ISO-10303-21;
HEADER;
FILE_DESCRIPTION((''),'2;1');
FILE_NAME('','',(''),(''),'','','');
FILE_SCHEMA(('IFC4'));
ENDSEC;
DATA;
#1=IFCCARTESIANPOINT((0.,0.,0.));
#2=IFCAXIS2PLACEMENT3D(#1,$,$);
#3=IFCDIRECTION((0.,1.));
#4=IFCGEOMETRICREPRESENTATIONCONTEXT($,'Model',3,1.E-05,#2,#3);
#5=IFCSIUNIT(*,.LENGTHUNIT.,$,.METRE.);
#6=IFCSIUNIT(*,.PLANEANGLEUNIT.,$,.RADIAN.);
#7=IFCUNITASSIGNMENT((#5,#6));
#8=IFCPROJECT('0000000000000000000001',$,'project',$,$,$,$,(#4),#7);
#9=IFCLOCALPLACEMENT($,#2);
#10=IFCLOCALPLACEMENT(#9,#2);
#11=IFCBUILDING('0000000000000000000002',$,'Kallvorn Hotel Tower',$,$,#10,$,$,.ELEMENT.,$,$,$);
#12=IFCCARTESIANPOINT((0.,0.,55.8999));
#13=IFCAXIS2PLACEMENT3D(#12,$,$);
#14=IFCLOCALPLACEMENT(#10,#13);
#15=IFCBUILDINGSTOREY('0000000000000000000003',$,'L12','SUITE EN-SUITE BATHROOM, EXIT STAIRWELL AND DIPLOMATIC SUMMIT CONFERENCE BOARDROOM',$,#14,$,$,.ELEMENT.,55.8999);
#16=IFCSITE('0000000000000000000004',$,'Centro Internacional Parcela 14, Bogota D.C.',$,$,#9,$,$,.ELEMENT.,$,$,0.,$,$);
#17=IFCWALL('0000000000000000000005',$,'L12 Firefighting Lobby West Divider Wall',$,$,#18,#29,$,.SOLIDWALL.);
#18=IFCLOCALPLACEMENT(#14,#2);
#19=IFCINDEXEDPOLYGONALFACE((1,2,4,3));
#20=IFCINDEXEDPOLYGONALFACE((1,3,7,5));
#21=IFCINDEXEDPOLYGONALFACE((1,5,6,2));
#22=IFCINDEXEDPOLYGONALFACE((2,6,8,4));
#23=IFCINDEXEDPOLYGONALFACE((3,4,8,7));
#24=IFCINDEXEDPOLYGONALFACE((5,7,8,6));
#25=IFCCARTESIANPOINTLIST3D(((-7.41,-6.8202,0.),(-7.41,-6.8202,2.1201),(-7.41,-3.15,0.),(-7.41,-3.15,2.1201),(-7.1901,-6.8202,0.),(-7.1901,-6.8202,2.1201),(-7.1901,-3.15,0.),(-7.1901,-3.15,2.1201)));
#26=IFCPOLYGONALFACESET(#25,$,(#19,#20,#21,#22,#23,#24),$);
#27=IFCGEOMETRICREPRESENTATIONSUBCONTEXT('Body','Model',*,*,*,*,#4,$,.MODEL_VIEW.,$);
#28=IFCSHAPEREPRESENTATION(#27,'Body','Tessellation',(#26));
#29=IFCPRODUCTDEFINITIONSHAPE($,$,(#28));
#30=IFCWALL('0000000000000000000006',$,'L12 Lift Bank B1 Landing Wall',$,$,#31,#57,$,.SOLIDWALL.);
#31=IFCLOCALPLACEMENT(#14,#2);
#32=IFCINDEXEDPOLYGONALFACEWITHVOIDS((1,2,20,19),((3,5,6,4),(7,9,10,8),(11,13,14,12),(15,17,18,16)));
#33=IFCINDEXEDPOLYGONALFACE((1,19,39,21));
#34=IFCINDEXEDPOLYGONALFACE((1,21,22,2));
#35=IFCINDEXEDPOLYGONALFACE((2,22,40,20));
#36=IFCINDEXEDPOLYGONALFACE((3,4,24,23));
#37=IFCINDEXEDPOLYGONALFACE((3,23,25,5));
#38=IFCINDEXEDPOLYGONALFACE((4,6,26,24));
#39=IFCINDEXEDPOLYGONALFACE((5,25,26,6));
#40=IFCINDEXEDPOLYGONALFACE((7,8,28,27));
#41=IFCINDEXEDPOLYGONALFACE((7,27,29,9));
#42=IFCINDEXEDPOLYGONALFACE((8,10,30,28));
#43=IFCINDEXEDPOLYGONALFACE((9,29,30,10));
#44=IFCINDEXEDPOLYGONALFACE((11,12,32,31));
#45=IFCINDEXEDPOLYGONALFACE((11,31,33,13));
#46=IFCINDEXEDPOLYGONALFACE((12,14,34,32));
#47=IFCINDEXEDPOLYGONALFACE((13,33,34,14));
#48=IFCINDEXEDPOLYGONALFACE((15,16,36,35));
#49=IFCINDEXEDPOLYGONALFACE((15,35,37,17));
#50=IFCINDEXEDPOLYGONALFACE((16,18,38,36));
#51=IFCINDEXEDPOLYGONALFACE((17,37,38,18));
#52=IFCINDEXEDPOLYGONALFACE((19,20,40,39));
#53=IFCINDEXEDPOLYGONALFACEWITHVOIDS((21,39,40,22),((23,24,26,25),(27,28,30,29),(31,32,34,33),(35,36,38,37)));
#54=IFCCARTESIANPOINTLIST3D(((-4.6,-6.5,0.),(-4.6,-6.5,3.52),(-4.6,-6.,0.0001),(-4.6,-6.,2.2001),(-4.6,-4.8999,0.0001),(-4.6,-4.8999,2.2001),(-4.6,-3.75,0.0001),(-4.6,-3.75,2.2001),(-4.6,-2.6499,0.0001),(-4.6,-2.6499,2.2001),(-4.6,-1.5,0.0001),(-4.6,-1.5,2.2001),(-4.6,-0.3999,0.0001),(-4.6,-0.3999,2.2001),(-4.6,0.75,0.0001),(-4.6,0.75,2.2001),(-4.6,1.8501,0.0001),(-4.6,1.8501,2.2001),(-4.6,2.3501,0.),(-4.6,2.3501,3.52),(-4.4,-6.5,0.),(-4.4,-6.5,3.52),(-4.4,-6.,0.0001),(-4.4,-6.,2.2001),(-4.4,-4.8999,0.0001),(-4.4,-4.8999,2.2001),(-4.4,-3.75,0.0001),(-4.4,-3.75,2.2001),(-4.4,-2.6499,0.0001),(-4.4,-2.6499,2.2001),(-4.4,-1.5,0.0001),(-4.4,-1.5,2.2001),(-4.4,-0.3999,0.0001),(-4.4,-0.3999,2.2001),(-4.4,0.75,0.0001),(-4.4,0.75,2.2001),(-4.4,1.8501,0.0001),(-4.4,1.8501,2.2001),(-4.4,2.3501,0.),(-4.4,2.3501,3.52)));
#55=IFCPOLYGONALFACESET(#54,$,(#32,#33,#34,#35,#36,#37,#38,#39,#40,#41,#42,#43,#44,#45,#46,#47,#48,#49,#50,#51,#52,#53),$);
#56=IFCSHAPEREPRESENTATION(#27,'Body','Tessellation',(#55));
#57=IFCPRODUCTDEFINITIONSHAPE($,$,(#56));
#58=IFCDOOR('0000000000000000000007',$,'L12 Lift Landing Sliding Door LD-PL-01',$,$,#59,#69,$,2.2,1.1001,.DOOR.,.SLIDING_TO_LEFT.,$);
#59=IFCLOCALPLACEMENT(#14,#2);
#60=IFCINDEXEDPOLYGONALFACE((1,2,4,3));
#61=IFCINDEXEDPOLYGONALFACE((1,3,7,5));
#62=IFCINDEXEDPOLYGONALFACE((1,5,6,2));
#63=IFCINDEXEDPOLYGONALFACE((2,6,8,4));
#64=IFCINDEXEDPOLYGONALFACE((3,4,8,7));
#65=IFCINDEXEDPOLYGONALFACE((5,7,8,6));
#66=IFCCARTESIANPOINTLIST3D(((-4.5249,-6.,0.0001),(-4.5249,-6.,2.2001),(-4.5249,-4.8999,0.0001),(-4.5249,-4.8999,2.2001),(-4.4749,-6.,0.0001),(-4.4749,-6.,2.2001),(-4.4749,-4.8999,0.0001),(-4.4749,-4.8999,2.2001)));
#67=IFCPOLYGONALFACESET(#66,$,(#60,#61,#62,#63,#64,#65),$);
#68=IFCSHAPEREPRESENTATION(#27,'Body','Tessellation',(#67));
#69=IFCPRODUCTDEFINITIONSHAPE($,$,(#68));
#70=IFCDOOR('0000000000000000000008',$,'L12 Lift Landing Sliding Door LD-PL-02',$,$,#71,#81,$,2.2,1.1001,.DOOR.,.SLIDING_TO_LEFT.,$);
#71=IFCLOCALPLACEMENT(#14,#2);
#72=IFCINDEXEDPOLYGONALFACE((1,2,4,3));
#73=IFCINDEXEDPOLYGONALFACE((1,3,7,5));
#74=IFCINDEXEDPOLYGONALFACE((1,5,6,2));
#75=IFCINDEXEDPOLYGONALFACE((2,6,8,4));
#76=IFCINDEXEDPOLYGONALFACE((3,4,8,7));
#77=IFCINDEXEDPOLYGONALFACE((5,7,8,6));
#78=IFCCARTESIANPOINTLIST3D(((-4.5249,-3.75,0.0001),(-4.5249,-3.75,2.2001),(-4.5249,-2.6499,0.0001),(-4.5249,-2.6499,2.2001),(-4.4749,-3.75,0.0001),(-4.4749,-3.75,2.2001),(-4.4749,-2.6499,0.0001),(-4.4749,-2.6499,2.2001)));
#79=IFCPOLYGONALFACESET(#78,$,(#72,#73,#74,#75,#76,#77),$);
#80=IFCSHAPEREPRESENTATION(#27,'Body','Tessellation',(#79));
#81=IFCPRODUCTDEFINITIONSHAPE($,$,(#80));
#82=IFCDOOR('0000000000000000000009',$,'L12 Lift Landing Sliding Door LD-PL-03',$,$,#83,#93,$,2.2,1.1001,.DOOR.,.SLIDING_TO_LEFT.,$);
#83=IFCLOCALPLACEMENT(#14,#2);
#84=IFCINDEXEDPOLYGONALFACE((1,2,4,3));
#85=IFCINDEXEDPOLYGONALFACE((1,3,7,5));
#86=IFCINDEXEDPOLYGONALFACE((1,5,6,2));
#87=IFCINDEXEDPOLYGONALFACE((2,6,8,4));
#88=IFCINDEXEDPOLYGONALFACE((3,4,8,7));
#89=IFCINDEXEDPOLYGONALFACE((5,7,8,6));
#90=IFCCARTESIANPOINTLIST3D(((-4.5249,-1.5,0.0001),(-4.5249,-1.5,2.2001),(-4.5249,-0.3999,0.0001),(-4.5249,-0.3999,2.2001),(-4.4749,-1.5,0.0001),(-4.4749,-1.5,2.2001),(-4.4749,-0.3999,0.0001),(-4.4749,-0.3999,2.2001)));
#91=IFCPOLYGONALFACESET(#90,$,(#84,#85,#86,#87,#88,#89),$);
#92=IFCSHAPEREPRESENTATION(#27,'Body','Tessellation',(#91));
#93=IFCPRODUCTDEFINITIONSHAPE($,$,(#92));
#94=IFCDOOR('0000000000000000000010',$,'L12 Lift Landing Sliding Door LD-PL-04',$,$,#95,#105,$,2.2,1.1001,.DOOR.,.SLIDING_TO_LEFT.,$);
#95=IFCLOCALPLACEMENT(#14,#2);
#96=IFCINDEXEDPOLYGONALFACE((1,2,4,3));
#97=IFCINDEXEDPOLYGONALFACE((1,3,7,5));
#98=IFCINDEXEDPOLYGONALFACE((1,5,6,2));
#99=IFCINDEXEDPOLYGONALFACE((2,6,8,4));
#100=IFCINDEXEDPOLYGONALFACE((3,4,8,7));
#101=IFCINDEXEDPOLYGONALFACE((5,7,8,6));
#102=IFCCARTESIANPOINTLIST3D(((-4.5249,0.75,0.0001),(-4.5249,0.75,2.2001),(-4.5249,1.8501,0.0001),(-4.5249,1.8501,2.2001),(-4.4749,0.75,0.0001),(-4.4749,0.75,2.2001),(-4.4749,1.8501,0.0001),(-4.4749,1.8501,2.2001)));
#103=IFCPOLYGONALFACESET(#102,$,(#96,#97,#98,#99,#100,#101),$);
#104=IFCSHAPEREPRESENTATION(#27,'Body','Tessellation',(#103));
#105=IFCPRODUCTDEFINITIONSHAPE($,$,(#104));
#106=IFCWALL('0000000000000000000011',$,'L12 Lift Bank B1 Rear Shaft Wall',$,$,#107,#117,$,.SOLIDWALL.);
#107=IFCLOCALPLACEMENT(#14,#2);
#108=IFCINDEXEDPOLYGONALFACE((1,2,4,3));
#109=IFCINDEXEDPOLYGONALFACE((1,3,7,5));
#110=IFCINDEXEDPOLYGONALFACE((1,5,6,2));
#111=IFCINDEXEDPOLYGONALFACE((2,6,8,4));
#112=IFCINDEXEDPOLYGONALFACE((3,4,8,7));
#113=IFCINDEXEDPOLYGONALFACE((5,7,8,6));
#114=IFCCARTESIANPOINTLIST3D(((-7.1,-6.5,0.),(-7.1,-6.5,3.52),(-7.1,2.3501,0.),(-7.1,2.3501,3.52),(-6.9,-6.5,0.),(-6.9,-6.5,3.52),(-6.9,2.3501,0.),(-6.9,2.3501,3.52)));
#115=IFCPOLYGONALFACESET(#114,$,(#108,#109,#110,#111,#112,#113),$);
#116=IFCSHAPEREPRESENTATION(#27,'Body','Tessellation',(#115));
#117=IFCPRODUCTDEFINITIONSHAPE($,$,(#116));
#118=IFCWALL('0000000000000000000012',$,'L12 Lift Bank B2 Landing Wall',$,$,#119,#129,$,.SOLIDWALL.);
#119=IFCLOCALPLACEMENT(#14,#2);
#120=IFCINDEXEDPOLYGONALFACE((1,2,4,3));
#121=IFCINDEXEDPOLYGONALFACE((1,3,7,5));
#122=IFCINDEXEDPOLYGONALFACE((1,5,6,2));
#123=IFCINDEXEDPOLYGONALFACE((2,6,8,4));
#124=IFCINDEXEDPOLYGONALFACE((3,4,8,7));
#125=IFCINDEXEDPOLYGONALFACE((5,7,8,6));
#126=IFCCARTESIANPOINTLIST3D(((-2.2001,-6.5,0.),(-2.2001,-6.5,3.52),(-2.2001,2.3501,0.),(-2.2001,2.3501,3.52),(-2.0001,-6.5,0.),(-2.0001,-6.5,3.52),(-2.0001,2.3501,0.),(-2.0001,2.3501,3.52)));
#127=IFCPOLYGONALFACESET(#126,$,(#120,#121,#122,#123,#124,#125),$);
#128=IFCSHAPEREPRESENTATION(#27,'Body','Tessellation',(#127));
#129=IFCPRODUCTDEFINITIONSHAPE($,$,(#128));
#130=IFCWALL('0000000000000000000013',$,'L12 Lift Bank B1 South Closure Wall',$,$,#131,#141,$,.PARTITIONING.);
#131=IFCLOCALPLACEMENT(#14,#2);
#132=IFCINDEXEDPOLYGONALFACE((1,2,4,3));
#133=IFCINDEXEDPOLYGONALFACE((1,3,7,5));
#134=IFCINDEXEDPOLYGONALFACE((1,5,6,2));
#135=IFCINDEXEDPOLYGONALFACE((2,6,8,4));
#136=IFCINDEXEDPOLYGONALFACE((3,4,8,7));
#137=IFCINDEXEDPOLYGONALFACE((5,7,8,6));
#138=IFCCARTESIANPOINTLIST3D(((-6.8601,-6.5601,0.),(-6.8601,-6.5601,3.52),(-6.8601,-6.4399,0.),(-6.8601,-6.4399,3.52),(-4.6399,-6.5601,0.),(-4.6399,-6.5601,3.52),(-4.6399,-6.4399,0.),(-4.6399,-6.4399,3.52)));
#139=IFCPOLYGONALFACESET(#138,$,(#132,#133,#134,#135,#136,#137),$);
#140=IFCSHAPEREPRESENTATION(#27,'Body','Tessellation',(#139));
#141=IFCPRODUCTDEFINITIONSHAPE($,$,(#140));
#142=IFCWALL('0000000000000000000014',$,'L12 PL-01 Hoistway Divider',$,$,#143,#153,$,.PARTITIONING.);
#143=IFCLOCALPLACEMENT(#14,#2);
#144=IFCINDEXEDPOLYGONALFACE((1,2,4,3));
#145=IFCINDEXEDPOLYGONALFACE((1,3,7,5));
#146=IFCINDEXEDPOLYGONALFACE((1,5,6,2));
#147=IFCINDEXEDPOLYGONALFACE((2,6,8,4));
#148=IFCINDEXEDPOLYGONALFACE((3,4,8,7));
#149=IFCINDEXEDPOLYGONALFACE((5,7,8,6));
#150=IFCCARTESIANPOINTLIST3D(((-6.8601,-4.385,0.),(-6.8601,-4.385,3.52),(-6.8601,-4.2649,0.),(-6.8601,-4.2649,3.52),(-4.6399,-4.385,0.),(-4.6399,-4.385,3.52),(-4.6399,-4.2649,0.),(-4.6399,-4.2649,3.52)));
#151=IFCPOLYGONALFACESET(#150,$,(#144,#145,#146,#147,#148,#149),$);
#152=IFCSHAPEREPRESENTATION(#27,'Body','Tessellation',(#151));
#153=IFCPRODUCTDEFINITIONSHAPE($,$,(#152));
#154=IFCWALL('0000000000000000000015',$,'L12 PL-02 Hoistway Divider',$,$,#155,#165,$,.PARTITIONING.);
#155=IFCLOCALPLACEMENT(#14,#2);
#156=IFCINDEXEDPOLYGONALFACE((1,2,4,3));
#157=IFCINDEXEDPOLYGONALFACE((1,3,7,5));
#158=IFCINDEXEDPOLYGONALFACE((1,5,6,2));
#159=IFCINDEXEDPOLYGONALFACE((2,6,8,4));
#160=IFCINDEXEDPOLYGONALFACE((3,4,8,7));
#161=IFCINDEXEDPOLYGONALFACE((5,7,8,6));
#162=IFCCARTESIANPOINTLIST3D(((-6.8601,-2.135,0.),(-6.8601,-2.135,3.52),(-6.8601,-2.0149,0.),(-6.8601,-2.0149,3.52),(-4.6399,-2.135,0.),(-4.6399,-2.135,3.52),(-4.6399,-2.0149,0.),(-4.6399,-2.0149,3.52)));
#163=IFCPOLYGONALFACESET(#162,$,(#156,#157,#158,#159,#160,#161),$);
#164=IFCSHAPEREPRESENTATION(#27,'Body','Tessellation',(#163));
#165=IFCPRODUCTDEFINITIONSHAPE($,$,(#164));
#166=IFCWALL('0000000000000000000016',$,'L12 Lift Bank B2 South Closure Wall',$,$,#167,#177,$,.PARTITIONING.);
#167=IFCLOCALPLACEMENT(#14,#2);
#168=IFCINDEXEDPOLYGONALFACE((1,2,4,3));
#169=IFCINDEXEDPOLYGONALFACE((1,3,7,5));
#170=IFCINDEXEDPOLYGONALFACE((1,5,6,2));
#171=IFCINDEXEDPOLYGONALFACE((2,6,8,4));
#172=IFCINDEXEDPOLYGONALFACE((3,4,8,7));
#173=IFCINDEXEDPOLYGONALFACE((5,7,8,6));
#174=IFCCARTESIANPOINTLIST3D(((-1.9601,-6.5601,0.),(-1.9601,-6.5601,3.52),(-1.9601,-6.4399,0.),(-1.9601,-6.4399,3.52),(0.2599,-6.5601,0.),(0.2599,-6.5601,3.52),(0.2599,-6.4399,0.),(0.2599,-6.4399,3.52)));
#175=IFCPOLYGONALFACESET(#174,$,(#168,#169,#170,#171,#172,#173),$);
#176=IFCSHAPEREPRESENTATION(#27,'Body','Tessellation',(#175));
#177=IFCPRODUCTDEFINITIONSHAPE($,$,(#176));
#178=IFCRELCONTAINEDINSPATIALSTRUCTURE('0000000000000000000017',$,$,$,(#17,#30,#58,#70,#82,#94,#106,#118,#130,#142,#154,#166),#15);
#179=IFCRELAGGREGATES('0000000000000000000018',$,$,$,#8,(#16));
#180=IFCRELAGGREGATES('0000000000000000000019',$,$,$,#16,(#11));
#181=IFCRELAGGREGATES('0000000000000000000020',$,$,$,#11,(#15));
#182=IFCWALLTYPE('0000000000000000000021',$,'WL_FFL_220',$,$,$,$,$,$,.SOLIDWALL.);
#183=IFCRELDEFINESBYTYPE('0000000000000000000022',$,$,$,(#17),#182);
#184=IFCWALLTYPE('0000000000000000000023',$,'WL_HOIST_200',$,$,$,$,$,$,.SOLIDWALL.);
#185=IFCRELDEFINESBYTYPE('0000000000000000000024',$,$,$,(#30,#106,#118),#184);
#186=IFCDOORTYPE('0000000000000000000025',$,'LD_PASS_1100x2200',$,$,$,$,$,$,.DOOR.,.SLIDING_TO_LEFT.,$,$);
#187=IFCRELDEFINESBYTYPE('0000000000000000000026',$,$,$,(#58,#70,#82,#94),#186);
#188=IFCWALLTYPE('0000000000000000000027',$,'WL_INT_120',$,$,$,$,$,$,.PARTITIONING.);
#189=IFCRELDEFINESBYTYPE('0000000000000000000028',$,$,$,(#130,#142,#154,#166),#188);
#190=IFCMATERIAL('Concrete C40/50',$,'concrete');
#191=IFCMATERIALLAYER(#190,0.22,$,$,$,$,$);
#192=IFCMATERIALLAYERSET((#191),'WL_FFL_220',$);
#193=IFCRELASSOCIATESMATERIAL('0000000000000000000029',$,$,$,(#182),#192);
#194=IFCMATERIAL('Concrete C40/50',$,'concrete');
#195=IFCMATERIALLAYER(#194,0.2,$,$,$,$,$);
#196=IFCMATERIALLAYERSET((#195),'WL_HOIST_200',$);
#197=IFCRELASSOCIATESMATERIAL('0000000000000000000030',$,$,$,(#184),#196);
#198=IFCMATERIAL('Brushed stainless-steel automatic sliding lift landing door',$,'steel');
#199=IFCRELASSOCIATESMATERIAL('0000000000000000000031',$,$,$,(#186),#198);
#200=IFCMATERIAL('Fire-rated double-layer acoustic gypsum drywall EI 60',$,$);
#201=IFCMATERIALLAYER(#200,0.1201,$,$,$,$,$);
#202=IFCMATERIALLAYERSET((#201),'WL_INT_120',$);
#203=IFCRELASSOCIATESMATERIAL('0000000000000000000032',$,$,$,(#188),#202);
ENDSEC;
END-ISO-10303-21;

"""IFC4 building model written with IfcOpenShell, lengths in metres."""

from ifc_helpers import new_model, si_unit, direction, frame, frame_2d, origin, place, context, subcontext, project, spatial, rectangle, extrude, material, layer, layer_set, type_object, element, fill, save


model = new_model("IFC4")

# Units and contexts
model_context = context("Model", 3, precision=1e-05, world=origin(), true_north=direction((0.0, 1.0)))
body_context = subcontext(model_context, "Body", "Model", "MODEL_VIEW")
ifc_project = project(units=[si_unit("LENGTHUNIT", "METRE"), si_unit("PLANEANGLEUNIT", "RADIAN")], contexts=[model_context])

# Site, building, storey
site_placement = place(None, origin())
site = spatial("IfcSite", under=ifc_project, at=site_placement, Name="Centro Internacional Parcela 14, Bogota D.C.", CompositionType="ELEMENT", RefElevation=0.0)
building_placement = place(site_placement, origin())
building = spatial("IfcBuilding", under=site, at=building_placement, Name="Kallvorn Hotel Tower", CompositionType="ELEMENT")
storey_placement = place(building_placement, frame((0.0, 0.0, 55.8999)))
storey = spatial("IfcBuildingStorey", under=building, at=storey_placement, Name="L12", Description="SUITE EN-SUITE BATHROOM, EXIT STAIRWELL AND DIPLOMATIC SUMMIT CONFERENCE BOARDROOM", CompositionType="ELEMENT", Elevation=55.8999)

# Wall
ifc_material_1 = material(Name="Concrete C40/50", Category="concrete")
ifc_layer_1 = layer(ifc_material_1, 0.22)
ifc_layer_set_1 = layer_set([ifc_layer_1], Name="WL_FFL_220")
wall_type_1 = type_object("IfcWallType", Name="WL_FFL_220", PredefinedType="SOLIDWALL", material=ifc_layer_set_1)
wall_1_placement = place(storey_placement, frame((-7.3, -6.8201, 0.0), z_axis=(0.0, 0.0, 1.0), x_axis=(0.0, 1.0, 0.0)))
element("IfcWall", 1, at=wall_1_placement, inside=storey, type_object=wall_type_1, Name="L12 Firefighting Lobby West Divider Wall", PredefinedType="SOLIDWALL", context=body_context, shape_type="SweptSolid", body=[
    extrude(rectangle(XDim=3.6702, YDim=0.22, at=frame_2d((1.835, 0.0))), origin(), (0.0, 0.0, 1.0), 2.1201),
])

# Wall, openings, doors
ifc_material_2 = material(Name="Concrete C40/50", Category="concrete")
ifc_layer_2 = layer(ifc_material_2, 0.2)
ifc_layer_set_2 = layer_set([ifc_layer_2], Name="WL_HOIST_200")
wall_type_2 = type_object("IfcWallType", Name="WL_HOIST_200", PredefinedType="SOLIDWALL", material=ifc_layer_set_2)
wall_2_placement = place(storey_placement, frame((-4.5, -6.5, 0.0), z_axis=(0.0, 0.0, 1.0), x_axis=(0.0, 1.0, 0.0)))
wall_2 = element("IfcWall", 2, at=wall_2_placement, inside=storey, type_object=wall_type_2, Name="L12 Lift Bank B1 Landing Wall", PredefinedType="SOLIDWALL", context=body_context, shape_type="SweptSolid", body=[
    extrude(rectangle(XDim=8.8501, YDim=0.2, at=frame_2d((4.425, 0.0))), origin(), (0.0, 0.0, 1.0), 3.52),
])
opening_1_placement = place(wall_2_placement, frame((0.5, 0.0, 0.0)))
opening_1 = element("IfcOpeningElement", 3, at=opening_1_placement, cuts=wall_2, PredefinedType="OPENING", context=body_context, shape_type="SweptSolid", body=[
    extrude(rectangle(XDim=1.1001, YDim=2.2, at=frame_2d((0.55, 1.1001))), frame((0.0, 0.115, 0.0), z_axis=(0.0, -1.0, 0.0), x_axis=(1.0, 0.0, 0.0)), (0.0, 0.0, 1.0), 0.23),
])
opening_2_placement = place(wall_2_placement, frame((2.75, 0.0, 0.0)))
opening_2 = element("IfcOpeningElement", 4, at=opening_2_placement, cuts=wall_2, PredefinedType="OPENING", context=body_context, shape_type="SweptSolid", body=[
    extrude(rectangle(XDim=1.1001, YDim=2.2, at=frame_2d((0.55, 1.1001))), frame((0.0, 0.115, 0.0), z_axis=(0.0, -1.0, 0.0), x_axis=(1.0, 0.0, 0.0)), (0.0, 0.0, 1.0), 0.23),
])
opening_3_placement = place(wall_2_placement, frame((5.0, 0.0, 0.0)))
opening_3 = element("IfcOpeningElement", 5, at=opening_3_placement, cuts=wall_2, PredefinedType="OPENING", context=body_context, shape_type="SweptSolid", body=[
    extrude(rectangle(XDim=1.1001, YDim=2.2, at=frame_2d((0.55, 1.1001))), frame((0.0, 0.115, 0.0), z_axis=(0.0, -1.0, 0.0), x_axis=(1.0, 0.0, 0.0)), (0.0, 0.0, 1.0), 0.23),
])
opening_4_placement = place(wall_2_placement, frame((7.25, 0.0, 0.0)))
opening_4 = element("IfcOpeningElement", 6, at=opening_4_placement, cuts=wall_2, PredefinedType="OPENING", context=body_context, shape_type="SweptSolid", body=[
    extrude(rectangle(XDim=1.1001, YDim=2.2, at=frame_2d((0.55, 1.1001))), frame((0.0, 0.115, 0.0), z_axis=(0.0, -1.0, 0.0), x_axis=(1.0, 0.0, 0.0)), (0.0, 0.0, 1.0), 0.23),
])
ifc_material_3 = material(Name="Brushed stainless-steel automatic sliding lift landing door", Category="steel")
door_type_1 = type_object("IfcDoorType", Name="LD_PASS_1100x2200", OperationType="SLIDING_TO_LEFT", PredefinedType="DOOR", material=ifc_material_3)
door_1_placement = place(opening_1_placement, origin())
door_1 = element("IfcDoor", 7, at=door_1_placement, inside=storey, type_object=door_type_1, Name="L12 Lift Landing Sliding Door LD-PL-01", OperationType="SLIDING_TO_LEFT", OverallHeight=2.2, OverallWidth=1.1001, PredefinedType="DOOR", context=body_context, shape_type="SweptSolid", body=[
    extrude(rectangle(XDim=1.1001, YDim=2.2, at=frame_2d((0.55, 1.1001))), frame((0.0, 0.0249, 0.0), z_axis=(0.0, -1.0, 0.0), x_axis=(1.0, 0.0, 0.0)), (0.0, 0.0, 1.0), 0.05),
])
fill(opening_1, door_1)
door_2_placement = place(opening_2_placement, origin())
door_2 = element("IfcDoor", 8, at=door_2_placement, inside=storey, type_object=door_type_1, Name="L12 Lift Landing Sliding Door LD-PL-02", OperationType="SLIDING_TO_LEFT", OverallHeight=2.2, OverallWidth=1.1001, PredefinedType="DOOR", context=body_context, shape_type="SweptSolid", body=[
    extrude(rectangle(XDim=1.1001, YDim=2.2, at=frame_2d((0.55, 1.1001))), frame((0.0, 0.0249, 0.0), z_axis=(0.0, -1.0, 0.0), x_axis=(1.0, 0.0, 0.0)), (0.0, 0.0, 1.0), 0.05),
])
fill(opening_2, door_2)
door_3_placement = place(opening_3_placement, origin())
door_3 = element("IfcDoor", 9, at=door_3_placement, inside=storey, type_object=door_type_1, Name="L12 Lift Landing Sliding Door LD-PL-03", OperationType="SLIDING_TO_LEFT", OverallHeight=2.2, OverallWidth=1.1001, PredefinedType="DOOR", context=body_context, shape_type="SweptSolid", body=[
    extrude(rectangle(XDim=1.1001, YDim=2.2, at=frame_2d((0.55, 1.1001))), frame((0.0, 0.0249, 0.0), z_axis=(0.0, -1.0, 0.0), x_axis=(1.0, 0.0, 0.0)), (0.0, 0.0, 1.0), 0.05),
])
fill(opening_3, door_3)
door_4_placement = place(opening_4_placement, origin())
door_4 = element("IfcDoor", 10, at=door_4_placement, inside=storey, type_object=door_type_1, Name="L12 Lift Landing Sliding Door LD-PL-04", OperationType="SLIDING_TO_LEFT", OverallHeight=2.2, OverallWidth=1.1001, PredefinedType="DOOR", context=body_context, shape_type="SweptSolid", body=[
    extrude(rectangle(XDim=1.1001, YDim=2.2, at=frame_2d((0.55, 1.1001))), frame((0.0, 0.0249, 0.0), z_axis=(0.0, -1.0, 0.0), x_axis=(1.0, 0.0, 0.0)), (0.0, 0.0, 1.0), 0.05),
])
fill(opening_4, door_4)

# Walls
for number, where, z_axis, x_axis, name in (
    (11, (-7.0, -6.5, 0.0), (0.0, 0.0, 1.0), (0.0, 1.0, 0.0), "L12 Lift Bank B1 Rear Shaft Wall"),
    (12, (-2.1001, -6.5, 0.0), (0.0, 0.0, 1.0), (0.0, 1.0, 0.0), "L12 Lift Bank B2 Landing Wall"),
):
    element("IfcWall", number, at=place(storey_placement, frame(where, z_axis=z_axis, x_axis=x_axis)), inside=storey, type_object=wall_type_2, Name=name, PredefinedType="SOLIDWALL", context=body_context, shape_type="SweptSolid", body=[
        extrude(rectangle(XDim=8.8501, YDim=0.2, at=frame_2d((4.425, 0.0))), origin(), (0.0, 0.0, 1.0), 3.52),
    ])
ifc_material_4 = material(Name="Fire-rated double-layer acoustic gypsum drywall EI 60")
ifc_layer_3 = layer(ifc_material_4, 0.1201)
ifc_layer_set_3 = layer_set([ifc_layer_3], Name="WL_INT_120")
wall_type_3 = type_object("IfcWallType", Name="WL_INT_120", PredefinedType="PARTITIONING", material=ifc_layer_set_3)
for number, where, z_axis, x_axis, name in (
    (13, (-6.8601, -6.5, 0.0), (0.0, 0.0, 1.0), (1.0, 0.0, 0.0), "L12 Lift Bank B1 South Closure Wall"),
    (14, (-6.8601, -4.325, 0.0), (0.0, 0.0, 1.0), (1.0, 0.0, 0.0), "L12 PL-01 Hoistway Divider"),
    (15, (-6.8601, -2.075, 0.0), (0.0, 0.0, 1.0), (1.0, 0.0, 0.0), "L12 PL-02 Hoistway Divider"),
):
    element("IfcWall", number, at=place(storey_placement, frame(where, z_axis=z_axis, x_axis=x_axis)), inside=storey, type_object=wall_type_3, Name=name, PredefinedType="PARTITIONING", context=body_context, shape_type="SweptSolid", body=[
        extrude(rectangle(XDim=2.2202, YDim=0.1201, at=frame_2d((1.1101, 0.0))), origin(), (0.0, 0.0, 1.0), 3.52),
    ])
for number, where, z_axis, x_axis, name in (
    (16, (-1.96, -6.5, 0.0), (0.0, 0.0, 1.0), (1.0, 0.0, 0.0), "L12 Lift Bank B2 South Closure Wall"),
):
    element("IfcWall", number, at=place(storey_placement, frame(where, z_axis=z_axis, x_axis=x_axis)), inside=storey, type_object=wall_type_3, Name=name, PredefinedType="PARTITIONING", context=body_context, shape_type="SweptSolid", body=[
        extrude(rectangle(XDim=2.22, YDim=0.1201, at=frame_2d((1.1099, 0.0))), origin(), (0.0, 0.0, 1.0), 3.52),
    ])

save(model, "model.ifc")
